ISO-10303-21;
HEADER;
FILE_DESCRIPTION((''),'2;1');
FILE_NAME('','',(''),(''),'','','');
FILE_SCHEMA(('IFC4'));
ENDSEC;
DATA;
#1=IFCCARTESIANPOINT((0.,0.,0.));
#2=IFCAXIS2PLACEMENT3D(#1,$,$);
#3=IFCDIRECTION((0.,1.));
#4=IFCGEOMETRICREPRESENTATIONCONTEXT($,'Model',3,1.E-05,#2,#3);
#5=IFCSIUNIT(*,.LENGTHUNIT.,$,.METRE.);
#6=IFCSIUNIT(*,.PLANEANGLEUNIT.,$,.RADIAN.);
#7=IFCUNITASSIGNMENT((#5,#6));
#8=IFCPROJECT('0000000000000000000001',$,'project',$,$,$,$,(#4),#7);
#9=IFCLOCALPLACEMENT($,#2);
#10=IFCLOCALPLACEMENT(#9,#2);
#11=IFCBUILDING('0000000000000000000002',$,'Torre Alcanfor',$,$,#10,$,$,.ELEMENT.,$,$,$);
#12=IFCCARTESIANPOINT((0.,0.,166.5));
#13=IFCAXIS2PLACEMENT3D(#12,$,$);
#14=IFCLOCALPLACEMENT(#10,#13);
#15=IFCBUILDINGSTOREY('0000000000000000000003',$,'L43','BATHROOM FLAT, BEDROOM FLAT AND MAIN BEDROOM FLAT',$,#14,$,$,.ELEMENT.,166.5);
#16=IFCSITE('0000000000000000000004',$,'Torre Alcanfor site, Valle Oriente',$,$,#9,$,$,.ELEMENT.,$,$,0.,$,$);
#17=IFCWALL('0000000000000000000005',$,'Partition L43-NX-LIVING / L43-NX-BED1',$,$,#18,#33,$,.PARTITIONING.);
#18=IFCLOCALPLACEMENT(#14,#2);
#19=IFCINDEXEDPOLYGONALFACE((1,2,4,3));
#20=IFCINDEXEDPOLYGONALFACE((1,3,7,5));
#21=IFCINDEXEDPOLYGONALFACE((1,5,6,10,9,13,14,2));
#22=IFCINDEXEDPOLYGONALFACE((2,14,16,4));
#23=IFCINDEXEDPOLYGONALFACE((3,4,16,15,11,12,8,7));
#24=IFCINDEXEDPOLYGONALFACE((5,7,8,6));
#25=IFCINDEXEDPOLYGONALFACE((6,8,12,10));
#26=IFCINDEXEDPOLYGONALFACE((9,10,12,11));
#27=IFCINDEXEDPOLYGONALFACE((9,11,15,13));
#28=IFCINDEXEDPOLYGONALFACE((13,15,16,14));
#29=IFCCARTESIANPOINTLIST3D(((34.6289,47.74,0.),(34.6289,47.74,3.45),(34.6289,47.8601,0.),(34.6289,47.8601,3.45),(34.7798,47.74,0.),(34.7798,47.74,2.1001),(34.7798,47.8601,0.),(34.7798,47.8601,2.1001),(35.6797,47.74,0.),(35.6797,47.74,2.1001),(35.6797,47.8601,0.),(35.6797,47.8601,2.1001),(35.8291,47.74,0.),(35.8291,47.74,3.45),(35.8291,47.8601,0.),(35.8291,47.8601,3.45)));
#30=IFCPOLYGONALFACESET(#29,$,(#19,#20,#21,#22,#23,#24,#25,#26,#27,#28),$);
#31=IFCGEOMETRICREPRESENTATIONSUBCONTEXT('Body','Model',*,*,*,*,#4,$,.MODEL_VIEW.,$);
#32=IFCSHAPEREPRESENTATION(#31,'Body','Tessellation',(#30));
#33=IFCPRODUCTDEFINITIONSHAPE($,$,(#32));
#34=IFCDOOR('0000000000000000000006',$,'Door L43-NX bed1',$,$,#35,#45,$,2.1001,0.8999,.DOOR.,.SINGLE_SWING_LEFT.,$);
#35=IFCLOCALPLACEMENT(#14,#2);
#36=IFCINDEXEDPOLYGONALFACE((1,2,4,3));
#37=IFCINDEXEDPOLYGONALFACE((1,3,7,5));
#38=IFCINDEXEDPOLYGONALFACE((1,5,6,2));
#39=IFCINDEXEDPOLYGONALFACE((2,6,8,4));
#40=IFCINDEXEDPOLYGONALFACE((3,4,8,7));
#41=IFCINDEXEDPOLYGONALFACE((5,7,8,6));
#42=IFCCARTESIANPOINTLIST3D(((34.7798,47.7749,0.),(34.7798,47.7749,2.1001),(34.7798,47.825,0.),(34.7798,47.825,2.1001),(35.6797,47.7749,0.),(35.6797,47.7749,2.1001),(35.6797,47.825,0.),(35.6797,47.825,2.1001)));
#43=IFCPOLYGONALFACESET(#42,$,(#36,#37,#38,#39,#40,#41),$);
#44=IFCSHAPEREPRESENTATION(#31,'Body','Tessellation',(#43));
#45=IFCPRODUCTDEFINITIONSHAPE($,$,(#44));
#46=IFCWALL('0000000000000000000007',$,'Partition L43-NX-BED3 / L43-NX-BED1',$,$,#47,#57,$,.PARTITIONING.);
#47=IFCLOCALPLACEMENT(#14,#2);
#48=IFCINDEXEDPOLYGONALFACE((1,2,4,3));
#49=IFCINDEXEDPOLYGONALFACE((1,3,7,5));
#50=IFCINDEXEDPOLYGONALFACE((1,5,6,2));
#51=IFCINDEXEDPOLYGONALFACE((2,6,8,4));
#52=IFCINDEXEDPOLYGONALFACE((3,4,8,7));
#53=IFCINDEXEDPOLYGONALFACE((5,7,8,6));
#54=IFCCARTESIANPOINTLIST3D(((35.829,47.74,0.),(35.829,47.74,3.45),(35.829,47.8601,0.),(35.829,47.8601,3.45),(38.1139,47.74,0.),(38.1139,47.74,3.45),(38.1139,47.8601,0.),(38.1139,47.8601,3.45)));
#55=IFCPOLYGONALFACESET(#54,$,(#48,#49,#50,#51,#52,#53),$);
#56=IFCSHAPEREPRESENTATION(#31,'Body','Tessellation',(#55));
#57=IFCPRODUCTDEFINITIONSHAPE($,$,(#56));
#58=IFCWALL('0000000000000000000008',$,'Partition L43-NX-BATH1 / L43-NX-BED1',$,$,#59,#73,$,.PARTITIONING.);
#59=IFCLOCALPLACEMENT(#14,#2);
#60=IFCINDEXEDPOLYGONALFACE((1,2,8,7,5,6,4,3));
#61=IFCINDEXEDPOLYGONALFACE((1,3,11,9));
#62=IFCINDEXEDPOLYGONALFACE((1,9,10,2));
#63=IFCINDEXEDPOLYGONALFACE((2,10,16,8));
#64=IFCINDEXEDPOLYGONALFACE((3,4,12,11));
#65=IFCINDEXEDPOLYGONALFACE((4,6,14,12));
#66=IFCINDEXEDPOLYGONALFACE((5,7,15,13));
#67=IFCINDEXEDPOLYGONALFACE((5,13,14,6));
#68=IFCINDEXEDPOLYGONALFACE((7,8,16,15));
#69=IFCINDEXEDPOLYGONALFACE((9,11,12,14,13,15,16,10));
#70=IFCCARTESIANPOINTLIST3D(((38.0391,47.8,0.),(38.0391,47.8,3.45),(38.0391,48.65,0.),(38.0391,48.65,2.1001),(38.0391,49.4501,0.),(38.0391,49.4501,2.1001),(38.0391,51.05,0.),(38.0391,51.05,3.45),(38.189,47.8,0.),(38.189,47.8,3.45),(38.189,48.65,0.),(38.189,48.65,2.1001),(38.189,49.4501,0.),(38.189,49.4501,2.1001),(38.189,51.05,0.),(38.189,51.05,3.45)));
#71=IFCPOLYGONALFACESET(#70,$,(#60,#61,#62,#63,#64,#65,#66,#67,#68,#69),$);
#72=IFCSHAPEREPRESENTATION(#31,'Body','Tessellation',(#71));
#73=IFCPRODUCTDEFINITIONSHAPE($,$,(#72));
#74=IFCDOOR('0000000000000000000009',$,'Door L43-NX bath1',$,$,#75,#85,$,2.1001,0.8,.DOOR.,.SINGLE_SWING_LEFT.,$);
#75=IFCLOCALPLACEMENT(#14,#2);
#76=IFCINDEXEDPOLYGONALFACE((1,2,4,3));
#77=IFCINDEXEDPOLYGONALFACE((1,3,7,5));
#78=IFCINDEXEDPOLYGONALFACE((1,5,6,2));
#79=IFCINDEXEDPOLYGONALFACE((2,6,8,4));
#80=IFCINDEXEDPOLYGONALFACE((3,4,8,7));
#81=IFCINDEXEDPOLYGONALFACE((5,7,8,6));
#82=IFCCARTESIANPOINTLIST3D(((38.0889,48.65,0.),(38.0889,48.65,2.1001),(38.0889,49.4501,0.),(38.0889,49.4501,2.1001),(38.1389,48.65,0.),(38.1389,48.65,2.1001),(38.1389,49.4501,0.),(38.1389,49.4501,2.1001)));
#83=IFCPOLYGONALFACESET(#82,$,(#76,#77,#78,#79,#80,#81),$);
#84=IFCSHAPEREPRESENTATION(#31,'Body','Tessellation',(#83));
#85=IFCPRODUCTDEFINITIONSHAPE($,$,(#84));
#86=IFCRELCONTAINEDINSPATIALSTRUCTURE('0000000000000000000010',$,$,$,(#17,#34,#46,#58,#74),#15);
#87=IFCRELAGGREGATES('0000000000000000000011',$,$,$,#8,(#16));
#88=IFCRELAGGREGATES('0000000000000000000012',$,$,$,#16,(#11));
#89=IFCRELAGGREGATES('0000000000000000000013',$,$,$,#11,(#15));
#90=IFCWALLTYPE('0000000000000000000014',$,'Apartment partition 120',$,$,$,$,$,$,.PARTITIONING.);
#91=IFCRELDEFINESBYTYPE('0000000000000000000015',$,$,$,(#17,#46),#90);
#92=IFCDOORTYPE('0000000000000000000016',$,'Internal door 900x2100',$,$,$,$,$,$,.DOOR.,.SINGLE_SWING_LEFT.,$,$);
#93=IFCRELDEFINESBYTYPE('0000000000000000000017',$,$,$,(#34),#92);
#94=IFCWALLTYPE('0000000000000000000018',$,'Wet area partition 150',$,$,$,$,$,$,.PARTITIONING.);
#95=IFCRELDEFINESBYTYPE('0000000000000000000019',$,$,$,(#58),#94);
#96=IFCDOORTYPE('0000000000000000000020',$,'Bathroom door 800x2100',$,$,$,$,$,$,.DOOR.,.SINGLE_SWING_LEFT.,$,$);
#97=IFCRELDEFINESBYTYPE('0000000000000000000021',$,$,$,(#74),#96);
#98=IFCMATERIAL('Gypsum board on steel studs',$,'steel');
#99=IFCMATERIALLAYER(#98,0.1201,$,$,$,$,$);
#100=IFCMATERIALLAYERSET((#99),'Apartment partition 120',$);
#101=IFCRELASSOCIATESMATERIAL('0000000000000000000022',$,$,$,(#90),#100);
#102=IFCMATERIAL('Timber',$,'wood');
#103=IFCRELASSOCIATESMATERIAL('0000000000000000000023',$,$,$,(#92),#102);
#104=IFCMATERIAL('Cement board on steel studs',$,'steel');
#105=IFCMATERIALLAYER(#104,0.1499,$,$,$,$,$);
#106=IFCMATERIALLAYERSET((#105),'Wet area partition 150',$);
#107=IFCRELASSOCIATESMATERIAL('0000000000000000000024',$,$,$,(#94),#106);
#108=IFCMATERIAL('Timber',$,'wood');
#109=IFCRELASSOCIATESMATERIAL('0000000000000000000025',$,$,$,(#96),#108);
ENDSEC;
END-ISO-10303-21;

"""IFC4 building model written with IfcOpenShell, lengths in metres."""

from ifc_helpers import new_model, si_unit, direction, frame, frame_2d, origin, place, context, subcontext, project, spatial, rectangle, extrude, material, layer, layer_set, type_object, element, fill, save


model = new_model("IFC4")

# Units and contexts
model_context = context("Model", 3, precision=1e-05, world=origin(), true_north=direction((0.0, 1.0)))
body_context = subcontext(model_context, "Body", "Model", "MODEL_VIEW")
ifc_project = project(units=[si_unit("LENGTHUNIT", "METRE"), si_unit("PLANEANGLEUNIT", "RADIAN")], contexts=[model_context])

# Site, building, storey
site_placement = place(None, origin())
site = spatial("IfcSite", under=ifc_project, at=site_placement, Name="Torre Alcanfor site, Valle Oriente", CompositionType="ELEMENT", RefElevation=0.0)
building_placement = place(site_placement, origin())
building = spatial("IfcBuilding", under=site, at=building_placement, Name="Torre Alcanfor", CompositionType="ELEMENT")
storey_placement = place(building_placement, frame((0.0, 0.0, 166.5)))
storey = spatial("IfcBuildingStorey", under=building, at=storey_placement, Name="L43", Description="BATHROOM FLAT, BEDROOM FLAT AND MAIN BEDROOM FLAT", CompositionType="ELEMENT", Elevation=166.5)

# Shared definitions
ifc_material_1 = material(Name="Gypsum board on steel studs", Category="steel")
ifc_layer_1 = layer(ifc_material_1, 0.1201)
ifc_layer_set_1 = layer_set([ifc_layer_1], Name="Apartment partition 120")
wall_type_1 = type_object("IfcWallType", Name="Apartment partition 120", PredefinedType="PARTITIONING", material=ifc_layer_set_1)
ifc_material_2 = material(Name="Timber", Category="wood")
door_type_1 = type_object("IfcDoorType", Name="Internal door 900x2100", OperationType="SINGLE_SWING_LEFT", PredefinedType="DOOR", material=ifc_material_2)

# Wall, opening, door
wall_1_placement = place(storey_placement, frame((34.6289, 47.8, 0.0), z_axis=(0.0, 0.0, 1.0), x_axis=(1.0, 0.0, 0.0)))
wall_1 = element("IfcWall", 1, at=wall_1_placement, inside=storey, type_object=wall_type_1, Name="Partition L43-NX-LIVING / L43-NX-BED1", PredefinedType="PARTITIONING", context=body_context, shape_type="SweptSolid", body=[
    extrude(rectangle(XDim=1.2002, YDim=0.1201, at=frame_2d((0.6001, 0.0))), origin(), (0.0, 0.0, 1.0), 3.45),
])
opening_1_placement = place(wall_1_placement, frame((0.1509, 0.0, 0.0)))
opening_1 = element("IfcOpeningElement", 2, at=opening_1_placement, cuts=wall_1, PredefinedType="OPENING", context=body_context, shape_type="SweptSolid", body=[
    extrude(rectangle(XDim=0.8999, YDim=2.1001, at=frame_2d((0.45, 1.05))), frame((0.0, 0.0701, 0.0), z_axis=(0.0, -1.0, 0.0), x_axis=(1.0, 0.0, 0.0)), (0.0, 0.0, 1.0), 0.1401),
])
door_1_placement = place(opening_1_placement, origin())
door_1 = element("IfcDoor", 3, at=door_1_placement, inside=storey, type_object=door_type_1, Name="Door L43-NX bed1", OperationType="SINGLE_SWING_LEFT", OverallHeight=2.1001, OverallWidth=0.8999, PredefinedType="DOOR", context=body_context, shape_type="SweptSolid", body=[
    extrude(rectangle(XDim=0.8999, YDim=2.1001, at=frame_2d((0.45, 1.05))), frame((0.0, 0.0249, 0.0), z_axis=(0.0, -1.0, 0.0), x_axis=(1.0, 0.0, 0.0)), (0.0, 0.0, 1.0), 0.05),
])
fill(opening_1, door_1)

# Wall
wall_2_placement = place(storey_placement, frame((38.114, 47.8, 0.0), z_axis=(0.0, 0.0, 1.0), x_axis=(-1.0, 0.0, 0.0)))
element("IfcWall", 4, at=wall_2_placement, inside=storey, type_object=wall_type_1, Name="Partition L43-NX-BED3 / L43-NX-BED1", PredefinedType="PARTITIONING", context=body_context, shape_type="SweptSolid", body=[
    extrude(rectangle(XDim=2.2849, YDim=0.1201, at=frame_2d((1.1426, 0.0))), origin(), (0.0, 0.0, 1.0), 3.45),
])

# Wall, opening, door
ifc_material_3 = material(Name="Cement board on steel studs", Category="steel")
ifc_layer_2 = layer(ifc_material_3, 0.1499)
ifc_layer_set_2 = layer_set([ifc_layer_2], Name="Wet area partition 150")
wall_type_2 = type_object("IfcWallType", Name="Wet area partition 150", PredefinedType="PARTITIONING", material=ifc_layer_set_2)
wall_3_placement = place(storey_placement, frame((38.114, 51.05, 0.0), z_axis=(0.0, 0.0, 1.0), x_axis=(0.0, -1.0, 0.0)))
wall_3 = element("IfcWall", 5, at=wall_3_placement, inside=storey, type_object=wall_type_2, Name="Partition L43-NX-BATH1 / L43-NX-BED1", PredefinedType="PARTITIONING", context=body_context, shape_type="SweptSolid", body=[
    extrude(rectangle(XDim=3.25, YDim=0.1499, at=frame_2d((1.625, 0.0))), origin(), (0.0, 0.0, 1.0), 3.45),
])
opening_2_placement = place(wall_3_placement, frame((1.6001, 0.0, 0.0)))
opening_2 = element("IfcOpeningElement", 6, at=opening_2_placement, cuts=wall_3, PredefinedType="OPENING", context=body_context, shape_type="SweptSolid", body=[
    extrude(rectangle(XDim=0.8, YDim=2.1001, at=frame_2d((0.3999, 1.05))), frame((0.0, 0.085, 0.0), z_axis=(0.0, -1.0, 0.0), x_axis=(1.0, 0.0, 0.0)), (0.0, 0.0, 1.0), 0.1699),
])
ifc_material_4 = material(Name="Timber", Category="wood")
door_type_2 = type_object("IfcDoorType", Name="Bathroom door 800x2100", OperationType="SINGLE_SWING_LEFT", PredefinedType="DOOR", material=ifc_material_4)
door_2_placement = place(opening_2_placement, frame((0.8, 0.0, 0.0), z_axis=(0.0, 0.0, 1.0), x_axis=(-1.0, 0.0, 0.0)))
door_2 = element("IfcDoor", 7, at=door_2_placement, inside=storey, type_object=door_type_2, Name="Door L43-NX bath1", OperationType="SINGLE_SWING_LEFT", OverallHeight=2.1001, OverallWidth=0.8, PredefinedType="DOOR", context=body_context, shape_type="SweptSolid", body=[
    extrude(rectangle(XDim=0.8, YDim=2.1001, at=frame_2d((0.4001, 1.05))), frame((0.0, 0.0251, 0.0), z_axis=(0.0, -1.0, 0.0), x_axis=(1.0, 0.0, 0.0)), (0.0, 0.0, 1.0), 0.05),
])
fill(opening_2, door_2)

save(model, "model.ifc")
